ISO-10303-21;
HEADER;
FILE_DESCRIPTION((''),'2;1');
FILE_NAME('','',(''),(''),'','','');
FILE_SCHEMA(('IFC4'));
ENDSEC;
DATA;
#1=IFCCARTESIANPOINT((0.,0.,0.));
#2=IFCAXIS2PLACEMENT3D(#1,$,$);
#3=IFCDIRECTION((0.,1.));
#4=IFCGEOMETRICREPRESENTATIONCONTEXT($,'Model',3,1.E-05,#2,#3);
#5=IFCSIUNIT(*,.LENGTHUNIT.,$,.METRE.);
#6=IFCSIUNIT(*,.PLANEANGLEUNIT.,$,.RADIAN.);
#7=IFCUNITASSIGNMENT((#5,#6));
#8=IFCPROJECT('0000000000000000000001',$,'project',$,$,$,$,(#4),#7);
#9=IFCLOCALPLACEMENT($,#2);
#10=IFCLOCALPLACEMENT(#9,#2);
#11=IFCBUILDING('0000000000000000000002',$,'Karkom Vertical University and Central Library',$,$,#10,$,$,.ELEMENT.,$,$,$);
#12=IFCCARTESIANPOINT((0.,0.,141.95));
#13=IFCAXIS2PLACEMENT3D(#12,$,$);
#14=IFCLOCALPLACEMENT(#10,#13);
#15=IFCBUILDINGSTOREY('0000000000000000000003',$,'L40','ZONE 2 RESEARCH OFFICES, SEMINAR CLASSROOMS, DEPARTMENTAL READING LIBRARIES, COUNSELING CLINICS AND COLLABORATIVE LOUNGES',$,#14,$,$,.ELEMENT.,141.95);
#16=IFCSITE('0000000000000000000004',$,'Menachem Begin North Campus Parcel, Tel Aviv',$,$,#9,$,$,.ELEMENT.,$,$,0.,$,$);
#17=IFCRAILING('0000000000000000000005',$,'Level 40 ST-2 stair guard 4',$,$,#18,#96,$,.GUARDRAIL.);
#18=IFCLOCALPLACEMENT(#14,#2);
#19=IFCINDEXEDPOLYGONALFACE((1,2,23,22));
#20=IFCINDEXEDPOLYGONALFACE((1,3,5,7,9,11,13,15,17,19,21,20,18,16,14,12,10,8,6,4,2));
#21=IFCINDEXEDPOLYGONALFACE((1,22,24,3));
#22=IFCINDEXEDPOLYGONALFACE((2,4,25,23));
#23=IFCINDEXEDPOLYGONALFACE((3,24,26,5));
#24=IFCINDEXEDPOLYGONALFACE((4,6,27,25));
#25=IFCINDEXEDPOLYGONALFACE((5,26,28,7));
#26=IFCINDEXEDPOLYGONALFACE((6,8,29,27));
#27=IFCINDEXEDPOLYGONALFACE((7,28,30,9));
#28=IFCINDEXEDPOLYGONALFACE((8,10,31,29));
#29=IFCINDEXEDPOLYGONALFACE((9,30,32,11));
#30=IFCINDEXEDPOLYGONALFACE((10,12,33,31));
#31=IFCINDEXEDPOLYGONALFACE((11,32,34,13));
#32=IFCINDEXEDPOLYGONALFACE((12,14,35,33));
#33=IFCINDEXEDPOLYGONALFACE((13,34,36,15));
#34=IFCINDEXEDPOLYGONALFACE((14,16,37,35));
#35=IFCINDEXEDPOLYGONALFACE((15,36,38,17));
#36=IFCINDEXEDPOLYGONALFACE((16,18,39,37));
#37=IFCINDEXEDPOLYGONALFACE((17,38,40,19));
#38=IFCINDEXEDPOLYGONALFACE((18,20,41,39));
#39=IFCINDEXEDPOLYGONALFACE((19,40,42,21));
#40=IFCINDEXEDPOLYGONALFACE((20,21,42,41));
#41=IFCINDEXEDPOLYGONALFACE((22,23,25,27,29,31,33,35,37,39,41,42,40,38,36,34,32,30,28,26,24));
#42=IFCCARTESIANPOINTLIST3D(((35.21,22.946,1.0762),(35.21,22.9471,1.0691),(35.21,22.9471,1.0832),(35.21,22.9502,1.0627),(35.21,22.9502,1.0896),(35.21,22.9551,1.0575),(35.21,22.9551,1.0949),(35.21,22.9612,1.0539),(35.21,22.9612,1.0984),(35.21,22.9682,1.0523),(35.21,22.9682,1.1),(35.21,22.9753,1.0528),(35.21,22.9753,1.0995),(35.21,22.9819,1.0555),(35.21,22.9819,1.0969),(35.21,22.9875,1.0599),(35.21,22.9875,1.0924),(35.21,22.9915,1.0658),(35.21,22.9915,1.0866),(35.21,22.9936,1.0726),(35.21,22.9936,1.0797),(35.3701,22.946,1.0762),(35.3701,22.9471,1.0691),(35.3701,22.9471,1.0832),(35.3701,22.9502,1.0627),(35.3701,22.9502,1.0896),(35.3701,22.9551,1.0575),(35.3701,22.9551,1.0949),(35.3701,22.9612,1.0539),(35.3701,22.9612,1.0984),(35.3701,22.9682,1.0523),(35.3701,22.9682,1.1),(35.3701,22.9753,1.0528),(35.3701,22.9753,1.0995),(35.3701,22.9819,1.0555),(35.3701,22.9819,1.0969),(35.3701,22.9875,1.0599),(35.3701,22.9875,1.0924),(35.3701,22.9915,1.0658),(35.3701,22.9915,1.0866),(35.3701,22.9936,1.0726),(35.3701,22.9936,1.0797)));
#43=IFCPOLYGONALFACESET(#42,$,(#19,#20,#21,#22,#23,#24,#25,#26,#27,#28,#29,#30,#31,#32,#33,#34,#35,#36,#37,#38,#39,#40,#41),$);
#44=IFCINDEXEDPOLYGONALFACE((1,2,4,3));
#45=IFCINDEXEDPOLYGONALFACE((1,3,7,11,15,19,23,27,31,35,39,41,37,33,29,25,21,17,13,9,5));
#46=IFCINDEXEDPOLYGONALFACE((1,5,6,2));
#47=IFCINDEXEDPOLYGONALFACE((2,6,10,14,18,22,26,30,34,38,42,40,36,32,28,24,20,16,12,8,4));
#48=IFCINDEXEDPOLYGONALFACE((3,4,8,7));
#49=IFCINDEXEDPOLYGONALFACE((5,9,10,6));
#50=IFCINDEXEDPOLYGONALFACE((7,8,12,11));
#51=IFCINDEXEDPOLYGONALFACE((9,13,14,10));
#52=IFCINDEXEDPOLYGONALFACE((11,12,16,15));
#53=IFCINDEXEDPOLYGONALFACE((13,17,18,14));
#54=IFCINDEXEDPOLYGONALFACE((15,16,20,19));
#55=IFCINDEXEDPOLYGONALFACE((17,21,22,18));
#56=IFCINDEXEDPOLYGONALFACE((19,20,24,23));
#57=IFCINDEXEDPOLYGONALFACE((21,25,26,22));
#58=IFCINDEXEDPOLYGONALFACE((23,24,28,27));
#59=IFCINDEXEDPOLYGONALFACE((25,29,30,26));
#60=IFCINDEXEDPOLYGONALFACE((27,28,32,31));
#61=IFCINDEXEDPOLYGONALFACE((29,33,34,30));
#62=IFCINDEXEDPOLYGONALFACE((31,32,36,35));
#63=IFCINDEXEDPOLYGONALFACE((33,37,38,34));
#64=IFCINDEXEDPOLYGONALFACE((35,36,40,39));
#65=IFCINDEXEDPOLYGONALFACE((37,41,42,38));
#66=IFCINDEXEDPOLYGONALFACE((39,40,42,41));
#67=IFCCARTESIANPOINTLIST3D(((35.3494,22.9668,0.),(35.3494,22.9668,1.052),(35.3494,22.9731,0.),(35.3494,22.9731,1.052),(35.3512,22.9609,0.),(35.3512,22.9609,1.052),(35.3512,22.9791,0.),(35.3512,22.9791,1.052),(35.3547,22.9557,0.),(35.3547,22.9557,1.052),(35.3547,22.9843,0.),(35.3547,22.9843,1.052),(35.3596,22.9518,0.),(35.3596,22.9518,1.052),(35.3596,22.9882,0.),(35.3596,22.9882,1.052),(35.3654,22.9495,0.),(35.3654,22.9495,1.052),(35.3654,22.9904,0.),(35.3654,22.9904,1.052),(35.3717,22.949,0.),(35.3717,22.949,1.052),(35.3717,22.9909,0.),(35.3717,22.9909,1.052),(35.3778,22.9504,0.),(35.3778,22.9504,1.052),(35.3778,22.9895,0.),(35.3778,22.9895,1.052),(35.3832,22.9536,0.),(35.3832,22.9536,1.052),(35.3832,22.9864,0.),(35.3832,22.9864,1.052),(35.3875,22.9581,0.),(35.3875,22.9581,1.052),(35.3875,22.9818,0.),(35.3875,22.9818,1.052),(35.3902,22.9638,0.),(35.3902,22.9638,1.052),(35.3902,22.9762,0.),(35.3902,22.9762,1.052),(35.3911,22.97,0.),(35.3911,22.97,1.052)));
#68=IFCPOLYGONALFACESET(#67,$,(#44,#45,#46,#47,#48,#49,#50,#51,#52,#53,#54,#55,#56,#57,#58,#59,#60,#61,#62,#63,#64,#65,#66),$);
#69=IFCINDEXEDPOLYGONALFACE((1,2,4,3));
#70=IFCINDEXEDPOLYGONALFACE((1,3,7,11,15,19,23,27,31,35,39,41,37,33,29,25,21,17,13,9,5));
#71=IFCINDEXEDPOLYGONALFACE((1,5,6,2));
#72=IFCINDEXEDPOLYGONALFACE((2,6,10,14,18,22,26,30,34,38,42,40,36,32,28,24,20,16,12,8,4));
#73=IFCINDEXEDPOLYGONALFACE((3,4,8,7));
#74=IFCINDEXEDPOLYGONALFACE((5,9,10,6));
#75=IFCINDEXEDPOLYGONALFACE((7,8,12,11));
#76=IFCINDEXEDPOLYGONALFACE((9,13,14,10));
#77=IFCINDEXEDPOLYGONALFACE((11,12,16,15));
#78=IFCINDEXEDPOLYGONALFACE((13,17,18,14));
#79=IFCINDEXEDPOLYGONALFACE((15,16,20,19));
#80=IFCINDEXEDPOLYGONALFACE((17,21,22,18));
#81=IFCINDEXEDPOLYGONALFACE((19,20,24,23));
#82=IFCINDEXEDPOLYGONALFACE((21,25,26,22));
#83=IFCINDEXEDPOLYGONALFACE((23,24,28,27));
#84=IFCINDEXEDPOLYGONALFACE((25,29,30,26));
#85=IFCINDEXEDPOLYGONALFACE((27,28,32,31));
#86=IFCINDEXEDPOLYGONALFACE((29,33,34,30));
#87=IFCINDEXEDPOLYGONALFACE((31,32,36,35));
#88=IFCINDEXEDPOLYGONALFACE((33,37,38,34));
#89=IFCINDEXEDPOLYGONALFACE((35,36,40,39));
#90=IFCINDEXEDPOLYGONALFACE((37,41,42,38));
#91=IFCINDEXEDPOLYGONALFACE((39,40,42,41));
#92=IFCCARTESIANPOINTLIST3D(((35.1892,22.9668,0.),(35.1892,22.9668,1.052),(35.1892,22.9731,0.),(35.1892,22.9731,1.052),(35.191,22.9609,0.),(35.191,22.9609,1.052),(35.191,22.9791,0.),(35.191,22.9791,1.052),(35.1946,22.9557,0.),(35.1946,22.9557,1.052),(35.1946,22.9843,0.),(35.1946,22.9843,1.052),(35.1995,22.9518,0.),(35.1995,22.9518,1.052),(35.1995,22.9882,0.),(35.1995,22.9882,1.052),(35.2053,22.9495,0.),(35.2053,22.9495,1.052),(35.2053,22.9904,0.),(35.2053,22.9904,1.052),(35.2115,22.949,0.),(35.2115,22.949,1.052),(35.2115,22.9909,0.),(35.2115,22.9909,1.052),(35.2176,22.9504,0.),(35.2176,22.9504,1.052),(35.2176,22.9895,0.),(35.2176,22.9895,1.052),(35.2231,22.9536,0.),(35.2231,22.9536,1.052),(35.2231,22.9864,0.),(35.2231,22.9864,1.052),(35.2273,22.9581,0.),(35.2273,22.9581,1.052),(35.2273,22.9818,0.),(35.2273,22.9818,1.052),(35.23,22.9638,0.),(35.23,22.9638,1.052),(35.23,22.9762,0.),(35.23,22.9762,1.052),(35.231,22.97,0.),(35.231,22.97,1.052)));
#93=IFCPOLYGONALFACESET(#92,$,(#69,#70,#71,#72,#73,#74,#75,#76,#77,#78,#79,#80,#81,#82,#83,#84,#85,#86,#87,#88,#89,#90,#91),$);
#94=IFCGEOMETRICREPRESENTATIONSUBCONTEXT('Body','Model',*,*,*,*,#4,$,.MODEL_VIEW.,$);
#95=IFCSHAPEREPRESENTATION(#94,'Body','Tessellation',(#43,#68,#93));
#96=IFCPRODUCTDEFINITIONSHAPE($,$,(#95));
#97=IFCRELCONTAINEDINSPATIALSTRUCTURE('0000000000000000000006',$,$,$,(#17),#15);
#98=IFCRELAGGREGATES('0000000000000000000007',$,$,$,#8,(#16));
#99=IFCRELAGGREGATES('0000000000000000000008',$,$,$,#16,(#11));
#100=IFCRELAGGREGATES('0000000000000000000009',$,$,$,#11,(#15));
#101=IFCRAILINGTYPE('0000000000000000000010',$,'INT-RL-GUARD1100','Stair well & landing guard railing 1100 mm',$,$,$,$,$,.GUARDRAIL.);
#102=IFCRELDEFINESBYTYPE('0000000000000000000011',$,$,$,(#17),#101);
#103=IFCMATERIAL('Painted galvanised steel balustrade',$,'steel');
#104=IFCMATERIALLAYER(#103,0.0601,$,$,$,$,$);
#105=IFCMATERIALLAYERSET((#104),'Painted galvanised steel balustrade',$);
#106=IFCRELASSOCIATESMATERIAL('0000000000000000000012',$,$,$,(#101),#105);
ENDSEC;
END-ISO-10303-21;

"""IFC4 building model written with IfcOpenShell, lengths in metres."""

from ifc_helpers import new_model, si_unit, direction, frame, origin, origin_2d, place, context, subcontext, project, spatial, circle, extrude, material, layer, layer_set, type_object, element, save


model = new_model("IFC4")

# Units and contexts
model_context = context("Model", 3, precision=1e-05, world=origin(), true_north=direction((0.0, 1.0)))
body_context = subcontext(model_context, "Body", "Model", "MODEL_VIEW")
ifc_project = project(units=[si_unit("LENGTHUNIT", "METRE"), si_unit("PLANEANGLEUNIT", "RADIAN")], contexts=[model_context])

# Site, building, storey
site_placement = place(None, origin())
site = spatial("IfcSite", under=ifc_project, at=site_placement, Name="Menachem Begin North Campus Parcel, Tel Aviv", CompositionType="ELEMENT", RefElevation=0.0)
building_placement = place(site_placement, origin())
building = spatial("IfcBuilding", under=site, at=building_placement, Name="Karkom Vertical University and Central Library", CompositionType="ELEMENT")
storey_placement = place(building_placement, frame((0.0, 0.0, 141.95)))
storey = spatial("IfcBuildingStorey", under=building, at=storey_placement, Name="L40", Description="ZONE 2 RESEARCH OFFICES, SEMINAR CLASSROOMS, DEPARTMENTAL READING LIBRARIES, COUNSELING CLINICS AND COLLABORATIVE LOUNGES", CompositionType="ELEMENT", Elevation=141.95)

# Railing
ifc_material_1 = material(Name="Painted galvanised steel balustrade", Category="steel")
ifc_layer_1 = layer(ifc_material_1, 0.0601)
ifc_layer_set_1 = layer_set([ifc_layer_1], Name="Painted galvanised steel balustrade")
railing_type_1 = type_object("IfcRailingType", Name="INT-RL-GUARD1100", Description="Stair well & landing guard railing 1100 mm", PredefinedType="GUARDRAIL", material=ifc_layer_set_1)
railing_1_placement = place(storey_placement, frame((35.3701, 22.97, 0.0)))
element("IfcRailing", 1, at=railing_1_placement, inside=storey, type_object=railing_type_1, Name="Level 40 ST-2 stair guard 4", PredefinedType="GUARDRAIL", context=body_context, shape_type="SweptSolid", body=[
    extrude(circle(Radius=0.0239, at=origin_2d()), frame((0.0, 0.0, 1.0762), z_axis=(-1.0, 0.0, 0.0), x_axis=(0.0, -1.0, 0.0)), (0.0, 0.0, 1.0), 0.1602),
    extrude(circle(Radius=0.021, at=origin_2d()), origin(), (0.0, 0.0, 1.0), 1.052),
    extrude(circle(Radius=0.021, at=origin_2d()), frame((-0.1602, 0.0, 0.0)), (0.0, 0.0, 1.0), 1.052),
])

save(model, "model.ifc")
